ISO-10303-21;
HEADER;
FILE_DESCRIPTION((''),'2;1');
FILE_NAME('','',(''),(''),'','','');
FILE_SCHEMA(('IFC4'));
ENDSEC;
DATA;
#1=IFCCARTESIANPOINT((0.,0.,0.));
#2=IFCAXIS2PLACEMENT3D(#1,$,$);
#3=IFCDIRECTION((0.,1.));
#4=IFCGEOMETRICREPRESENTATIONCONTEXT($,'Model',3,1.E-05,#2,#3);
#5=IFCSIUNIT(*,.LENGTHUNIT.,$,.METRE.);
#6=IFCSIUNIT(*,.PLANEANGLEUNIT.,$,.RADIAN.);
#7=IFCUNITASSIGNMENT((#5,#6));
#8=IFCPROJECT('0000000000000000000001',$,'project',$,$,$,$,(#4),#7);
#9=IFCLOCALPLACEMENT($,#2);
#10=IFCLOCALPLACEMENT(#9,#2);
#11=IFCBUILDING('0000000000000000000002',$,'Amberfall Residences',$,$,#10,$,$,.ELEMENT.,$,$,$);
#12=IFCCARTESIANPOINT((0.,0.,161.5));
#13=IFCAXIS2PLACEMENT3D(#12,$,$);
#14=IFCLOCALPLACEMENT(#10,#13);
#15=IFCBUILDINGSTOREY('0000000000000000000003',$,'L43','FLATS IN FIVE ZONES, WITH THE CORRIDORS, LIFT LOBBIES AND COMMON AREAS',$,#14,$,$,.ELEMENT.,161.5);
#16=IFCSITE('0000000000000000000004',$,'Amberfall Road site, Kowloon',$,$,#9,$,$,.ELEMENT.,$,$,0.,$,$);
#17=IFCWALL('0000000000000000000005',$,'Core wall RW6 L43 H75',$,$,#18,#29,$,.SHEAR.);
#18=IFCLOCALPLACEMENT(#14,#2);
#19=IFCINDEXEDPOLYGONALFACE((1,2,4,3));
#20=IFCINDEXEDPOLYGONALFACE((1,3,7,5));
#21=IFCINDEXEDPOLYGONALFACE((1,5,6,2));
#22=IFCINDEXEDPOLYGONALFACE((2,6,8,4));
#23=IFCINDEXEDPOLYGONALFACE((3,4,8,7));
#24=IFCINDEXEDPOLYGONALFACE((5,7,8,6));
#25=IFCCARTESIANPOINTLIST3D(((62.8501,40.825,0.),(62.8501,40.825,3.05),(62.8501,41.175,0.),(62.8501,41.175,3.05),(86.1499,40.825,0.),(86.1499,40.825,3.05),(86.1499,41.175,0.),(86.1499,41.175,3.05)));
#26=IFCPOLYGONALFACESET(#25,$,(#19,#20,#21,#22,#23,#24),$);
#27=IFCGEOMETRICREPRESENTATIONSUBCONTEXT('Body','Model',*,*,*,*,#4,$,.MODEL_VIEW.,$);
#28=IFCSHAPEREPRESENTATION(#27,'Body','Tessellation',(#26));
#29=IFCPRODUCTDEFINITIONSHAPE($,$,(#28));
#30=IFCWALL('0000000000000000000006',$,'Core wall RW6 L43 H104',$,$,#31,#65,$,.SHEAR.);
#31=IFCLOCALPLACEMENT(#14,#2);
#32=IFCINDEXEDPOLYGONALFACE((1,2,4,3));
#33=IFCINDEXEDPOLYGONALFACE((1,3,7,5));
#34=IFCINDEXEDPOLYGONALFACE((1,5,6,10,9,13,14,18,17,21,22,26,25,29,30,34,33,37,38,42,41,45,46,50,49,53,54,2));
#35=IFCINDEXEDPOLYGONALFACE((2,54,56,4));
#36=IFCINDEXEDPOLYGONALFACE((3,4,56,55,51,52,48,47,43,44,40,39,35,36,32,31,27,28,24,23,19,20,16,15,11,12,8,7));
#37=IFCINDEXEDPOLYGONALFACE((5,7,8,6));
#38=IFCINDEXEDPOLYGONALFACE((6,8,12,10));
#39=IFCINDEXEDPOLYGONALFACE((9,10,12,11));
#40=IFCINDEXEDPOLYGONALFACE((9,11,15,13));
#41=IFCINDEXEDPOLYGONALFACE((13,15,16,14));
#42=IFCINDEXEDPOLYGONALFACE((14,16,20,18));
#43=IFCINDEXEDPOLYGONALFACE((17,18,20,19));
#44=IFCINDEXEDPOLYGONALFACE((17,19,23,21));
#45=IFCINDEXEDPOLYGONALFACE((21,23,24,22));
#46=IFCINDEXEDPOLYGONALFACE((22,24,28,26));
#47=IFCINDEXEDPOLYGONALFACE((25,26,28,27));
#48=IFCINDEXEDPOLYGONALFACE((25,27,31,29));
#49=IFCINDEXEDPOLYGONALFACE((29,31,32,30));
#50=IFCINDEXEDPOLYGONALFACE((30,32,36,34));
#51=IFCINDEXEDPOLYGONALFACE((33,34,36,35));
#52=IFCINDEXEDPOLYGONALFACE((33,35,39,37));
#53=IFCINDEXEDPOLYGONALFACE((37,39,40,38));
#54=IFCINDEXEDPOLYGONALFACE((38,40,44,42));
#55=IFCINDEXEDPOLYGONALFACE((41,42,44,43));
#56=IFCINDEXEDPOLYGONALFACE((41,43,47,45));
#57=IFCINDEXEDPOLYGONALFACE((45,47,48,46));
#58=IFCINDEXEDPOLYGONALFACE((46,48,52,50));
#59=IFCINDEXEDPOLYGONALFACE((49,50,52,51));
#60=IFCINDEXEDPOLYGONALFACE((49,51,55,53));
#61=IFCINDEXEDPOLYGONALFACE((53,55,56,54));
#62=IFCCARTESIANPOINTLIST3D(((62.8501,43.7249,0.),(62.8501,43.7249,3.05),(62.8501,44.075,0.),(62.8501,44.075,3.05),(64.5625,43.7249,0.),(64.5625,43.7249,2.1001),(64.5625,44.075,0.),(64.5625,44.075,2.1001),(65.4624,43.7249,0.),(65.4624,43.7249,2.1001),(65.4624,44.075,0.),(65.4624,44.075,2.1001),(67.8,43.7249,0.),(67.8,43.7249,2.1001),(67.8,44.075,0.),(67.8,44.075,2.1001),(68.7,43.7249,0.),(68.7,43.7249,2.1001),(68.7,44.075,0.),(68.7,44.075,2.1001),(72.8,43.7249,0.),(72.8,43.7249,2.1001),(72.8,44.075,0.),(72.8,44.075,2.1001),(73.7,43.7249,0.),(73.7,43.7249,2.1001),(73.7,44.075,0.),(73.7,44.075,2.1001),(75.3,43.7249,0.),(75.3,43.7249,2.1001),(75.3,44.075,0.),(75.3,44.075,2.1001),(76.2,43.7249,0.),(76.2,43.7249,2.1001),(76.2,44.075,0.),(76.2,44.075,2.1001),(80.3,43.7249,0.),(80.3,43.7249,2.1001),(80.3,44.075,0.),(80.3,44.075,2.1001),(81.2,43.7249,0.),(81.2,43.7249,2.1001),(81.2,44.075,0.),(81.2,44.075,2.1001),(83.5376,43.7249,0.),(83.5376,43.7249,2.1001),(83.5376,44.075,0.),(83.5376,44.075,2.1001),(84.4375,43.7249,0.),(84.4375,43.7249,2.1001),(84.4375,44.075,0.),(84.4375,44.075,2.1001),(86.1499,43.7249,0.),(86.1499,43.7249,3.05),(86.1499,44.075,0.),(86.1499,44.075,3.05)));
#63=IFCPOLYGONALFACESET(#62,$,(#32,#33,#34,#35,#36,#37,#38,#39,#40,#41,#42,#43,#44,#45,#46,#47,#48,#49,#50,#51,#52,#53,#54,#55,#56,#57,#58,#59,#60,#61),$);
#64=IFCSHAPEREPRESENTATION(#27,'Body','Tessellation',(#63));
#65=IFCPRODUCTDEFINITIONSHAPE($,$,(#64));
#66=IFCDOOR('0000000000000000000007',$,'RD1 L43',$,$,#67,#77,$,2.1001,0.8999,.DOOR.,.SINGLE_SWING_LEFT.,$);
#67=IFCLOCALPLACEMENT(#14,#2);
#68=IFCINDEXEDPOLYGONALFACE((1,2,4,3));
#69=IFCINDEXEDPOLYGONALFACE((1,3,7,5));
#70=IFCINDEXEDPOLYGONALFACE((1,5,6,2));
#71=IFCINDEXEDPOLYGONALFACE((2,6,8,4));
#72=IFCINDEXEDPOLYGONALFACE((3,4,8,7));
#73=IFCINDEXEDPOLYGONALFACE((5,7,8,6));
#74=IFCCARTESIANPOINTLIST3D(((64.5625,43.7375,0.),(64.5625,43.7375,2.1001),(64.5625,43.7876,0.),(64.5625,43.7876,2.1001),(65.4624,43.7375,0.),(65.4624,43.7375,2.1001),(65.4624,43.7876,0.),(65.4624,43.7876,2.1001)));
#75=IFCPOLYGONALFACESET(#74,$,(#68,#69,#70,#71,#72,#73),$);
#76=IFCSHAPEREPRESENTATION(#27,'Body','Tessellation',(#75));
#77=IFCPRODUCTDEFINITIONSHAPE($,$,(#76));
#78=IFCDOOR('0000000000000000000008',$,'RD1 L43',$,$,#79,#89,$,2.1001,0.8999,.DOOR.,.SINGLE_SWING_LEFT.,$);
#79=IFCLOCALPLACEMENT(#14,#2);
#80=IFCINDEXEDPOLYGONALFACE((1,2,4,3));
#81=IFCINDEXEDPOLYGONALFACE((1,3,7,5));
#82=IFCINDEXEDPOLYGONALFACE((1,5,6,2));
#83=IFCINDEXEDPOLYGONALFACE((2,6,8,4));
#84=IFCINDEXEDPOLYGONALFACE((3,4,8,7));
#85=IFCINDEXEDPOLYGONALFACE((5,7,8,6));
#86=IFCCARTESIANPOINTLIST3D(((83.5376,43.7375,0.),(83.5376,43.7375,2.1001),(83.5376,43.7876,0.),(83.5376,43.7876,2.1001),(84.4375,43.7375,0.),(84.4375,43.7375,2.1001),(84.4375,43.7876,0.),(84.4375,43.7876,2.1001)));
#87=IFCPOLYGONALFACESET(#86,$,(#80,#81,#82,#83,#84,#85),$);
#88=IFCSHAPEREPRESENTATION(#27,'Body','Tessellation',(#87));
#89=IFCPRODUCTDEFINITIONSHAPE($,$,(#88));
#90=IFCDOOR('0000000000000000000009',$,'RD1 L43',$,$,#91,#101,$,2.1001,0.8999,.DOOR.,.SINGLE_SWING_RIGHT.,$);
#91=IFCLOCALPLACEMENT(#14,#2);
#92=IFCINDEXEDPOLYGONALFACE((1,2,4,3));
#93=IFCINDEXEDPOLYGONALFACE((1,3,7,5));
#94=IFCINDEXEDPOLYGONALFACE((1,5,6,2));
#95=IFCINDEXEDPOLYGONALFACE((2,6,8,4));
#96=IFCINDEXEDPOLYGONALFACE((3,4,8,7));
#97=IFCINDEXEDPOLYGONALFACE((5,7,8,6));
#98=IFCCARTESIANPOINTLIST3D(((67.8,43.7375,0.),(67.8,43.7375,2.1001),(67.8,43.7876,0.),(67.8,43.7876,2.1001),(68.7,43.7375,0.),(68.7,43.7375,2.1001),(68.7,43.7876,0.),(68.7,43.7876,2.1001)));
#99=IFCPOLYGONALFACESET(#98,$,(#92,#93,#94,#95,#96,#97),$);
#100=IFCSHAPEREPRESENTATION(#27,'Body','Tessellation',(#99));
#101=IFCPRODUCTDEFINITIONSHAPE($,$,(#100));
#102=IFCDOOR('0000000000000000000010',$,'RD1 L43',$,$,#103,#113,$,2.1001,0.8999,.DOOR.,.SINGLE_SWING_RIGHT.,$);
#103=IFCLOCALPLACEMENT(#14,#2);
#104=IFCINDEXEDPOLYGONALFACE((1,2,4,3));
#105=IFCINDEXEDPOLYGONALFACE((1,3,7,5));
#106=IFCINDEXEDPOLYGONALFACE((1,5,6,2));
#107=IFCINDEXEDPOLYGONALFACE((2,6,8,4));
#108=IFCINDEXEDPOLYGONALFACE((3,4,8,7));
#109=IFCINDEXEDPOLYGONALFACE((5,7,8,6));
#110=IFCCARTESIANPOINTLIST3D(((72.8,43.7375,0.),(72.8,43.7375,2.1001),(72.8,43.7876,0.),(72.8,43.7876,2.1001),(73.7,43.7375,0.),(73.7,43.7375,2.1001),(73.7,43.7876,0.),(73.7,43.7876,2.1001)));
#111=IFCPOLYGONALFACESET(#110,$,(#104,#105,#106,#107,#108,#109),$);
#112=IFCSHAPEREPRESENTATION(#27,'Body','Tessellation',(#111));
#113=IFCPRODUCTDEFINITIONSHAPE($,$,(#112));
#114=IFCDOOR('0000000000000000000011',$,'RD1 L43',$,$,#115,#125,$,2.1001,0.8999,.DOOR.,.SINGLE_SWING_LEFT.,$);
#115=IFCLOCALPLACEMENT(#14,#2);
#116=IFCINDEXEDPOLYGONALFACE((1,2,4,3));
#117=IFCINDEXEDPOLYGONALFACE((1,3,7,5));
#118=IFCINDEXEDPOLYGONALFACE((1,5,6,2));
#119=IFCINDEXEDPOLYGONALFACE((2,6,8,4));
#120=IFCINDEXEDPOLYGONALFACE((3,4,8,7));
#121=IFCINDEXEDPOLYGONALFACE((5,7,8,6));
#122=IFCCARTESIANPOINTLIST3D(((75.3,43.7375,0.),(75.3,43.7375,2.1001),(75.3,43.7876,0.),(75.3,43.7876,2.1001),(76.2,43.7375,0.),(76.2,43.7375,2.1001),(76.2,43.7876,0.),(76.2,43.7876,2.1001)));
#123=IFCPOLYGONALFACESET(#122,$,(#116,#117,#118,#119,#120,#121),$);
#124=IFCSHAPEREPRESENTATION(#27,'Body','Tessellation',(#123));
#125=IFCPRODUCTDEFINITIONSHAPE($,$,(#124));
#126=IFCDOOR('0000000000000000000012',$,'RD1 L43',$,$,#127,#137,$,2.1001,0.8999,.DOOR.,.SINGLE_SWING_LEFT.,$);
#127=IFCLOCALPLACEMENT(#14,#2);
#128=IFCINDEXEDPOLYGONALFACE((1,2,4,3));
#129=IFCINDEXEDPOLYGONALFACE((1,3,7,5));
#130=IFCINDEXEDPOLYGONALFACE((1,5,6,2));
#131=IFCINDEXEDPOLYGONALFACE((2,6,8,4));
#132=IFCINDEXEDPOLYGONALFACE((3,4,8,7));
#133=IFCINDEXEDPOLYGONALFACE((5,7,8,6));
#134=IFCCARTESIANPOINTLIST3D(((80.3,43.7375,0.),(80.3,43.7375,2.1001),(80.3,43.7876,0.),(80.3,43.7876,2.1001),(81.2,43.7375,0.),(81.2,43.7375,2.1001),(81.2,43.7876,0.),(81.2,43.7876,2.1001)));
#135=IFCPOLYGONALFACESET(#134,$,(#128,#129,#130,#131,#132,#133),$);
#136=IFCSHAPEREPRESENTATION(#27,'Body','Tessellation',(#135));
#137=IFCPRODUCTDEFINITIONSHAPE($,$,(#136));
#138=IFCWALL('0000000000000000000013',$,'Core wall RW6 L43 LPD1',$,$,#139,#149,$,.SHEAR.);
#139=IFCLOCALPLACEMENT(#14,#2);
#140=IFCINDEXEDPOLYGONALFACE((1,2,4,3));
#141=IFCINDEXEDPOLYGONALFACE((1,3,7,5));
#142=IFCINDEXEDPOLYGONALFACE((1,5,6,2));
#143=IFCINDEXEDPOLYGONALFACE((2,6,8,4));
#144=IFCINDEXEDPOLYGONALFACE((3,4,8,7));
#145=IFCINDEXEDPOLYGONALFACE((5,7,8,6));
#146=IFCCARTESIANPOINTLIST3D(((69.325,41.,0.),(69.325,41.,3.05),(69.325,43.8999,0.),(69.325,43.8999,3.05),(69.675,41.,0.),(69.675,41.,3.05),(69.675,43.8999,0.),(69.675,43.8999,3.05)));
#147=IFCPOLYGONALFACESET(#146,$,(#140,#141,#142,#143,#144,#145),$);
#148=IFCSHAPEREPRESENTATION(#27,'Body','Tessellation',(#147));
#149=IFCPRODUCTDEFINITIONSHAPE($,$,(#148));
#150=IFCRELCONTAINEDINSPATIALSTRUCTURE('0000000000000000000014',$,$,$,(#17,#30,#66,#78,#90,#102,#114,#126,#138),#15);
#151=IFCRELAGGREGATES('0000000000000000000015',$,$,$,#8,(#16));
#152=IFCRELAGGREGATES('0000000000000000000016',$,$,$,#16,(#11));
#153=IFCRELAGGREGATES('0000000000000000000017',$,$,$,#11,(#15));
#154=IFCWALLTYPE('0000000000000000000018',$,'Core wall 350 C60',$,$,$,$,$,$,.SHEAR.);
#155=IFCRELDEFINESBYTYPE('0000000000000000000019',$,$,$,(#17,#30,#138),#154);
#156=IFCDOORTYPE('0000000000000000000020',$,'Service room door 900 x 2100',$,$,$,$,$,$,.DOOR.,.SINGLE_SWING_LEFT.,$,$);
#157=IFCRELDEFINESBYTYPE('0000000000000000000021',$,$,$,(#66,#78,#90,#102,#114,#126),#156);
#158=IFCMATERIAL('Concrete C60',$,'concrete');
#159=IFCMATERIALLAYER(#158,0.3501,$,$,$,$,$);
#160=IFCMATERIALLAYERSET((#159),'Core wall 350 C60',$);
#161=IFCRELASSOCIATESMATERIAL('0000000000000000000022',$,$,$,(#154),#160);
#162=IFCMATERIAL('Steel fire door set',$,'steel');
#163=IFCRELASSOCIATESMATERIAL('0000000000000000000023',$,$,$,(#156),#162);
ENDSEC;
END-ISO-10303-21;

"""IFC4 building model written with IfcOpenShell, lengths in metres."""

from ifc_helpers import new_model, si_unit, direction, frame, frame_2d, origin, place, context, subcontext, project, spatial, rectangle, extrude, material, layer, layer_set, type_object, element, fill, save


model = new_model("IFC4")

# Units and contexts
model_context = context("Model", 3, precision=1e-05, world=origin(), true_north=direction((0.0, 1.0)))
body_context = subcontext(model_context, "Body", "Model", "MODEL_VIEW")
ifc_project = project(units=[si_unit("LENGTHUNIT", "METRE"), si_unit("PLANEANGLEUNIT", "RADIAN")], contexts=[model_context])

# Site, building, storey
site_placement = place(None, origin())
site = spatial("IfcSite", under=ifc_project, at=site_placement, Name="Amberfall Road site, Kowloon", CompositionType="ELEMENT", RefElevation=0.0)
building_placement = place(site_placement, origin())
building = spatial("IfcBuilding", under=site, at=building_placement, Name="Amberfall Residences", CompositionType="ELEMENT")
storey_placement = place(building_placement, frame((0.0, 0.0, 161.5)))
storey = spatial("IfcBuildingStorey", under=building, at=storey_placement, Name="L43", Description="FLATS IN FIVE ZONES, WITH THE CORRIDORS, LIFT LOBBIES AND COMMON AREAS", CompositionType="ELEMENT", Elevation=161.5)

# Wall
ifc_material_1 = material(Name="Concrete C60", Category="concrete")
ifc_layer_1 = layer(ifc_material_1, 0.3501)
ifc_layer_set_1 = layer_set([ifc_layer_1], Name="Core wall 350 C60")
wall_type_1 = type_object("IfcWallType", Name="Core wall 350 C60", PredefinedType="SHEAR", material=ifc_layer_set_1)
wall_1_placement = place(storey_placement, frame((62.8501, 41.0, 0.0), z_axis=(0.0, 0.0, 1.0), x_axis=(1.0, 0.0, 0.0)))
element("IfcWall", 1, at=wall_1_placement, inside=storey, type_object=wall_type_1, Name="Core wall RW6 L43 H75", PredefinedType="SHEAR", context=body_context, shape_type="SweptSolid", body=[
    extrude(rectangle(XDim=23.2998, YDim=0.3501, at=frame_2d((11.6499, 0.0))), origin(), (0.0, 0.0, 1.0), 3.05),
])

# Wall, openings, doors
wall_2_placement = place(storey_placement, frame((62.8501, 43.8999, 0.0), z_axis=(0.0, 0.0, 1.0), x_axis=(1.0, 0.0, 0.0)))
wall_2 = element("IfcWall", 2, at=wall_2_placement, inside=storey, type_object=wall_type_1, Name="Core wall RW6 L43 H104", PredefinedType="SHEAR", context=body_context, shape_type="SweptSolid", body=[
    extrude(rectangle(XDim=23.2998, YDim=0.3501, at=frame_2d((11.6499, 0.0))), origin(), (0.0, 0.0, 1.0), 3.05),
])
opening_1_placement = place(wall_2_placement, frame((1.7124, 0.0, 0.0)))
opening_1 = element("IfcOpeningElement", 3, at=opening_1_placement, cuts=wall_2, PredefinedType="OPENING", context=body_context, shape_type="SweptSolid", body=[
    extrude(rectangle(XDim=0.8999, YDim=2.1001, at=frame_2d((0.45, 1.05))), frame((0.0, 0.1851, 0.0), z_axis=(0.0, -1.0, 0.0), x_axis=(1.0, 0.0, 0.0)), (0.0, 0.0, 1.0), 0.3701),
])
opening_2_placement = place(wall_2_placement, frame((20.6875, 0.0, 0.0)))
opening_2 = element("IfcOpeningElement", 4, at=opening_2_placement, cuts=wall_2, PredefinedType="OPENING", context=body_context, shape_type="SweptSolid", body=[
    extrude(rectangle(XDim=0.8999, YDim=2.1001, at=frame_2d((0.45, 1.05))), frame((0.0, 0.1851, 0.0), z_axis=(0.0, -1.0, 0.0), x_axis=(1.0, 0.0, 0.0)), (0.0, 0.0, 1.0), 0.3701),
])
opening_3_placement = place(wall_2_placement, frame((4.95, 0.0, 0.0)))
opening_3 = element("IfcOpeningElement", 5, at=opening_3_placement, cuts=wall_2, PredefinedType="OPENING", context=body_context, shape_type="SweptSolid", body=[
    extrude(rectangle(XDim=0.8999, YDim=2.1001, at=frame_2d((0.45, 1.05))), frame((0.0, 0.1851, 0.0), z_axis=(0.0, -1.0, 0.0), x_axis=(1.0, 0.0, 0.0)), (0.0, 0.0, 1.0), 0.3701),
])
opening_4_placement = place(wall_2_placement, frame((9.95, 0.0, 0.0)))
opening_4 = element("IfcOpeningElement", 6, at=opening_4_placement, cuts=wall_2, PredefinedType="OPENING", context=body_context, shape_type="SweptSolid", body=[
    extrude(rectangle(XDim=0.8999, YDim=2.1001, at=frame_2d((0.45, 1.05))), frame((0.0, 0.1851, 0.0), z_axis=(0.0, -1.0, 0.0), x_axis=(1.0, 0.0, 0.0)), (0.0, 0.0, 1.0), 0.3701),
])
opening_5_placement = place(wall_2_placement, frame((12.45, 0.0, 0.0)))
opening_5 = element("IfcOpeningElement", 7, at=opening_5_placement, cuts=wall_2, PredefinedType="OPENING", context=body_context, shape_type="SweptSolid", body=[
    extrude(rectangle(XDim=0.8999, YDim=2.1001, at=frame_2d((0.45, 1.05))), frame((0.0, 0.1851, 0.0), z_axis=(0.0, -1.0, 0.0), x_axis=(1.0, 0.0, 0.0)), (0.0, 0.0, 1.0), 0.3701),
])
opening_6_placement = place(wall_2_placement, frame((17.45, 0.0, 0.0)))
opening_6 = element("IfcOpeningElement", 8, at=opening_6_placement, cuts=wall_2, PredefinedType="OPENING", context=body_context, shape_type="SweptSolid", body=[
    extrude(rectangle(XDim=0.8999, YDim=2.1001, at=frame_2d((0.45, 1.05))), frame((0.0, 0.1851, 0.0), z_axis=(0.0, -1.0, 0.0), x_axis=(1.0, 0.0, 0.0)), (0.0, 0.0, 1.0), 0.3701),
])
ifc_material_2 = material(Name="Steel fire door set", Category="steel")
door_type_1 = type_object("IfcDoorType", Name="Service room door 900 x 2100", OperationType="SINGLE_SWING_LEFT", PredefinedType="DOOR", material=ifc_material_2)
door_1_placement = place(opening_1_placement, origin())
door_1 = element("IfcDoor", 9, at=door_1_placement, inside=storey, type_object=door_type_1, Name="RD1 L43", OperationType="SINGLE_SWING_LEFT", OverallHeight=2.1001, OverallWidth=0.8999, PredefinedType="DOOR", context=body_context, shape_type="SweptSolid", body=[
    extrude(rectangle(XDim=0.8999, YDim=2.1001, at=frame_2d((0.45, 1.05))), frame((0.0, -0.1123, 0.0), z_axis=(0.0, -1.0, 0.0), x_axis=(1.0, 0.0, 0.0)), (0.0, 0.0, 1.0), 0.05),
])
fill(opening_1, door_1)
door_2_placement = place(opening_2_placement, origin())
door_2 = element("IfcDoor", 10, at=door_2_placement, inside=storey, type_object=door_type_1, Name="RD1 L43", OperationType="SINGLE_SWING_LEFT", OverallHeight=2.1001, OverallWidth=0.8999, PredefinedType="DOOR", context=body_context, shape_type="SweptSolid", body=[
    extrude(rectangle(XDim=0.8999, YDim=2.1001, at=frame_2d((0.45, 1.05))), frame((0.0, -0.1123, 0.0), z_axis=(0.0, -1.0, 0.0), x_axis=(1.0, 0.0, 0.0)), (0.0, 0.0, 1.0), 0.05),
])
fill(opening_2, door_2)
door_3_placement = place(opening_3_placement, origin())
door_3 = element("IfcDoor", 11, at=door_3_placement, inside=storey, type_object=door_type_1, Name="RD1 L43", OperationType="SINGLE_SWING_RIGHT", OverallHeight=2.1001, OverallWidth=0.8999, PredefinedType="DOOR", context=body_context, shape_type="SweptSolid", body=[
    extrude(rectangle(XDim=0.8999, YDim=2.1001, at=frame_2d((0.45, 1.05))), frame((0.0, -0.1123, 0.0), z_axis=(0.0, -1.0, 0.0), x_axis=(1.0, 0.0, 0.0)), (0.0, 0.0, 1.0), 0.05),
])
fill(opening_3, door_3)
door_4_placement = place(opening_4_placement, origin())
door_4 = element("IfcDoor", 12, at=door_4_placement, inside=storey, type_object=door_type_1, Name="RD1 L43", OperationType="SINGLE_SWING_RIGHT", OverallHeight=2.1001, OverallWidth=0.8999, PredefinedType="DOOR", context=body_context, shape_type="SweptSolid", body=[
    extrude(rectangle(XDim=0.8999, YDim=2.1001, at=frame_2d((0.45, 1.05))), frame((0.0, -0.1123, 0.0), z_axis=(0.0, -1.0, 0.0), x_axis=(1.0, 0.0, 0.0)), (0.0, 0.0, 1.0), 0.05),
])
fill(opening_4, door_4)
door_5_placement = place(opening_5_placement, origin())
door_5 = element("IfcDoor", 13, at=door_5_placement, inside=storey, type_object=door_type_1, Name="RD1 L43", OperationType="SINGLE_SWING_LEFT", OverallHeight=2.1001, OverallWidth=0.8999, PredefinedType="DOOR", context=body_context, shape_type="SweptSolid", body=[
    extrude(rectangle(XDim=0.8999, YDim=2.1001, at=frame_2d((0.45, 1.05))), frame((0.0, -0.1123, 0.0), z_axis=(0.0, -1.0, 0.0), x_axis=(1.0, 0.0, 0.0)), (0.0, 0.0, 1.0), 0.05),
])
fill(opening_5, door_5)
door_6_placement = place(opening_6_placement, origin())
door_6 = element("IfcDoor", 14, at=door_6_placement, inside=storey, type_object=door_type_1, Name="RD1 L43", OperationType="SINGLE_SWING_LEFT", OverallHeight=2.1001, OverallWidth=0.8999, PredefinedType="DOOR", context=body_context, shape_type="SweptSolid", body=[
    extrude(rectangle(XDim=0.8999, YDim=2.1001, at=frame_2d((0.45, 1.05))), frame((0.0, -0.1123, 0.0), z_axis=(0.0, -1.0, 0.0), x_axis=(1.0, 0.0, 0.0)), (0.0, 0.0, 1.0), 0.05),
])
fill(opening_6, door_6)

# Wall
wall_3_placement = place(storey_placement, frame((69.5, 41.0, 0.0), z_axis=(0.0, 0.0, 1.0), x_axis=(0.0, 1.0, 0.0)))
element("IfcWall", 15, at=wall_3_placement, inside=storey, type_object=wall_type_1, Name="Core wall RW6 L43 LPD1", PredefinedType="SHEAR", context=body_context, shape_type="SweptSolid", body=[
    extrude(rectangle(XDim=2.8999, YDim=0.3501, at=frame_2d((1.45, 0.0))), origin(), (0.0, 0.0, 1.0), 3.05),
])

save(model, "model.ifc")
